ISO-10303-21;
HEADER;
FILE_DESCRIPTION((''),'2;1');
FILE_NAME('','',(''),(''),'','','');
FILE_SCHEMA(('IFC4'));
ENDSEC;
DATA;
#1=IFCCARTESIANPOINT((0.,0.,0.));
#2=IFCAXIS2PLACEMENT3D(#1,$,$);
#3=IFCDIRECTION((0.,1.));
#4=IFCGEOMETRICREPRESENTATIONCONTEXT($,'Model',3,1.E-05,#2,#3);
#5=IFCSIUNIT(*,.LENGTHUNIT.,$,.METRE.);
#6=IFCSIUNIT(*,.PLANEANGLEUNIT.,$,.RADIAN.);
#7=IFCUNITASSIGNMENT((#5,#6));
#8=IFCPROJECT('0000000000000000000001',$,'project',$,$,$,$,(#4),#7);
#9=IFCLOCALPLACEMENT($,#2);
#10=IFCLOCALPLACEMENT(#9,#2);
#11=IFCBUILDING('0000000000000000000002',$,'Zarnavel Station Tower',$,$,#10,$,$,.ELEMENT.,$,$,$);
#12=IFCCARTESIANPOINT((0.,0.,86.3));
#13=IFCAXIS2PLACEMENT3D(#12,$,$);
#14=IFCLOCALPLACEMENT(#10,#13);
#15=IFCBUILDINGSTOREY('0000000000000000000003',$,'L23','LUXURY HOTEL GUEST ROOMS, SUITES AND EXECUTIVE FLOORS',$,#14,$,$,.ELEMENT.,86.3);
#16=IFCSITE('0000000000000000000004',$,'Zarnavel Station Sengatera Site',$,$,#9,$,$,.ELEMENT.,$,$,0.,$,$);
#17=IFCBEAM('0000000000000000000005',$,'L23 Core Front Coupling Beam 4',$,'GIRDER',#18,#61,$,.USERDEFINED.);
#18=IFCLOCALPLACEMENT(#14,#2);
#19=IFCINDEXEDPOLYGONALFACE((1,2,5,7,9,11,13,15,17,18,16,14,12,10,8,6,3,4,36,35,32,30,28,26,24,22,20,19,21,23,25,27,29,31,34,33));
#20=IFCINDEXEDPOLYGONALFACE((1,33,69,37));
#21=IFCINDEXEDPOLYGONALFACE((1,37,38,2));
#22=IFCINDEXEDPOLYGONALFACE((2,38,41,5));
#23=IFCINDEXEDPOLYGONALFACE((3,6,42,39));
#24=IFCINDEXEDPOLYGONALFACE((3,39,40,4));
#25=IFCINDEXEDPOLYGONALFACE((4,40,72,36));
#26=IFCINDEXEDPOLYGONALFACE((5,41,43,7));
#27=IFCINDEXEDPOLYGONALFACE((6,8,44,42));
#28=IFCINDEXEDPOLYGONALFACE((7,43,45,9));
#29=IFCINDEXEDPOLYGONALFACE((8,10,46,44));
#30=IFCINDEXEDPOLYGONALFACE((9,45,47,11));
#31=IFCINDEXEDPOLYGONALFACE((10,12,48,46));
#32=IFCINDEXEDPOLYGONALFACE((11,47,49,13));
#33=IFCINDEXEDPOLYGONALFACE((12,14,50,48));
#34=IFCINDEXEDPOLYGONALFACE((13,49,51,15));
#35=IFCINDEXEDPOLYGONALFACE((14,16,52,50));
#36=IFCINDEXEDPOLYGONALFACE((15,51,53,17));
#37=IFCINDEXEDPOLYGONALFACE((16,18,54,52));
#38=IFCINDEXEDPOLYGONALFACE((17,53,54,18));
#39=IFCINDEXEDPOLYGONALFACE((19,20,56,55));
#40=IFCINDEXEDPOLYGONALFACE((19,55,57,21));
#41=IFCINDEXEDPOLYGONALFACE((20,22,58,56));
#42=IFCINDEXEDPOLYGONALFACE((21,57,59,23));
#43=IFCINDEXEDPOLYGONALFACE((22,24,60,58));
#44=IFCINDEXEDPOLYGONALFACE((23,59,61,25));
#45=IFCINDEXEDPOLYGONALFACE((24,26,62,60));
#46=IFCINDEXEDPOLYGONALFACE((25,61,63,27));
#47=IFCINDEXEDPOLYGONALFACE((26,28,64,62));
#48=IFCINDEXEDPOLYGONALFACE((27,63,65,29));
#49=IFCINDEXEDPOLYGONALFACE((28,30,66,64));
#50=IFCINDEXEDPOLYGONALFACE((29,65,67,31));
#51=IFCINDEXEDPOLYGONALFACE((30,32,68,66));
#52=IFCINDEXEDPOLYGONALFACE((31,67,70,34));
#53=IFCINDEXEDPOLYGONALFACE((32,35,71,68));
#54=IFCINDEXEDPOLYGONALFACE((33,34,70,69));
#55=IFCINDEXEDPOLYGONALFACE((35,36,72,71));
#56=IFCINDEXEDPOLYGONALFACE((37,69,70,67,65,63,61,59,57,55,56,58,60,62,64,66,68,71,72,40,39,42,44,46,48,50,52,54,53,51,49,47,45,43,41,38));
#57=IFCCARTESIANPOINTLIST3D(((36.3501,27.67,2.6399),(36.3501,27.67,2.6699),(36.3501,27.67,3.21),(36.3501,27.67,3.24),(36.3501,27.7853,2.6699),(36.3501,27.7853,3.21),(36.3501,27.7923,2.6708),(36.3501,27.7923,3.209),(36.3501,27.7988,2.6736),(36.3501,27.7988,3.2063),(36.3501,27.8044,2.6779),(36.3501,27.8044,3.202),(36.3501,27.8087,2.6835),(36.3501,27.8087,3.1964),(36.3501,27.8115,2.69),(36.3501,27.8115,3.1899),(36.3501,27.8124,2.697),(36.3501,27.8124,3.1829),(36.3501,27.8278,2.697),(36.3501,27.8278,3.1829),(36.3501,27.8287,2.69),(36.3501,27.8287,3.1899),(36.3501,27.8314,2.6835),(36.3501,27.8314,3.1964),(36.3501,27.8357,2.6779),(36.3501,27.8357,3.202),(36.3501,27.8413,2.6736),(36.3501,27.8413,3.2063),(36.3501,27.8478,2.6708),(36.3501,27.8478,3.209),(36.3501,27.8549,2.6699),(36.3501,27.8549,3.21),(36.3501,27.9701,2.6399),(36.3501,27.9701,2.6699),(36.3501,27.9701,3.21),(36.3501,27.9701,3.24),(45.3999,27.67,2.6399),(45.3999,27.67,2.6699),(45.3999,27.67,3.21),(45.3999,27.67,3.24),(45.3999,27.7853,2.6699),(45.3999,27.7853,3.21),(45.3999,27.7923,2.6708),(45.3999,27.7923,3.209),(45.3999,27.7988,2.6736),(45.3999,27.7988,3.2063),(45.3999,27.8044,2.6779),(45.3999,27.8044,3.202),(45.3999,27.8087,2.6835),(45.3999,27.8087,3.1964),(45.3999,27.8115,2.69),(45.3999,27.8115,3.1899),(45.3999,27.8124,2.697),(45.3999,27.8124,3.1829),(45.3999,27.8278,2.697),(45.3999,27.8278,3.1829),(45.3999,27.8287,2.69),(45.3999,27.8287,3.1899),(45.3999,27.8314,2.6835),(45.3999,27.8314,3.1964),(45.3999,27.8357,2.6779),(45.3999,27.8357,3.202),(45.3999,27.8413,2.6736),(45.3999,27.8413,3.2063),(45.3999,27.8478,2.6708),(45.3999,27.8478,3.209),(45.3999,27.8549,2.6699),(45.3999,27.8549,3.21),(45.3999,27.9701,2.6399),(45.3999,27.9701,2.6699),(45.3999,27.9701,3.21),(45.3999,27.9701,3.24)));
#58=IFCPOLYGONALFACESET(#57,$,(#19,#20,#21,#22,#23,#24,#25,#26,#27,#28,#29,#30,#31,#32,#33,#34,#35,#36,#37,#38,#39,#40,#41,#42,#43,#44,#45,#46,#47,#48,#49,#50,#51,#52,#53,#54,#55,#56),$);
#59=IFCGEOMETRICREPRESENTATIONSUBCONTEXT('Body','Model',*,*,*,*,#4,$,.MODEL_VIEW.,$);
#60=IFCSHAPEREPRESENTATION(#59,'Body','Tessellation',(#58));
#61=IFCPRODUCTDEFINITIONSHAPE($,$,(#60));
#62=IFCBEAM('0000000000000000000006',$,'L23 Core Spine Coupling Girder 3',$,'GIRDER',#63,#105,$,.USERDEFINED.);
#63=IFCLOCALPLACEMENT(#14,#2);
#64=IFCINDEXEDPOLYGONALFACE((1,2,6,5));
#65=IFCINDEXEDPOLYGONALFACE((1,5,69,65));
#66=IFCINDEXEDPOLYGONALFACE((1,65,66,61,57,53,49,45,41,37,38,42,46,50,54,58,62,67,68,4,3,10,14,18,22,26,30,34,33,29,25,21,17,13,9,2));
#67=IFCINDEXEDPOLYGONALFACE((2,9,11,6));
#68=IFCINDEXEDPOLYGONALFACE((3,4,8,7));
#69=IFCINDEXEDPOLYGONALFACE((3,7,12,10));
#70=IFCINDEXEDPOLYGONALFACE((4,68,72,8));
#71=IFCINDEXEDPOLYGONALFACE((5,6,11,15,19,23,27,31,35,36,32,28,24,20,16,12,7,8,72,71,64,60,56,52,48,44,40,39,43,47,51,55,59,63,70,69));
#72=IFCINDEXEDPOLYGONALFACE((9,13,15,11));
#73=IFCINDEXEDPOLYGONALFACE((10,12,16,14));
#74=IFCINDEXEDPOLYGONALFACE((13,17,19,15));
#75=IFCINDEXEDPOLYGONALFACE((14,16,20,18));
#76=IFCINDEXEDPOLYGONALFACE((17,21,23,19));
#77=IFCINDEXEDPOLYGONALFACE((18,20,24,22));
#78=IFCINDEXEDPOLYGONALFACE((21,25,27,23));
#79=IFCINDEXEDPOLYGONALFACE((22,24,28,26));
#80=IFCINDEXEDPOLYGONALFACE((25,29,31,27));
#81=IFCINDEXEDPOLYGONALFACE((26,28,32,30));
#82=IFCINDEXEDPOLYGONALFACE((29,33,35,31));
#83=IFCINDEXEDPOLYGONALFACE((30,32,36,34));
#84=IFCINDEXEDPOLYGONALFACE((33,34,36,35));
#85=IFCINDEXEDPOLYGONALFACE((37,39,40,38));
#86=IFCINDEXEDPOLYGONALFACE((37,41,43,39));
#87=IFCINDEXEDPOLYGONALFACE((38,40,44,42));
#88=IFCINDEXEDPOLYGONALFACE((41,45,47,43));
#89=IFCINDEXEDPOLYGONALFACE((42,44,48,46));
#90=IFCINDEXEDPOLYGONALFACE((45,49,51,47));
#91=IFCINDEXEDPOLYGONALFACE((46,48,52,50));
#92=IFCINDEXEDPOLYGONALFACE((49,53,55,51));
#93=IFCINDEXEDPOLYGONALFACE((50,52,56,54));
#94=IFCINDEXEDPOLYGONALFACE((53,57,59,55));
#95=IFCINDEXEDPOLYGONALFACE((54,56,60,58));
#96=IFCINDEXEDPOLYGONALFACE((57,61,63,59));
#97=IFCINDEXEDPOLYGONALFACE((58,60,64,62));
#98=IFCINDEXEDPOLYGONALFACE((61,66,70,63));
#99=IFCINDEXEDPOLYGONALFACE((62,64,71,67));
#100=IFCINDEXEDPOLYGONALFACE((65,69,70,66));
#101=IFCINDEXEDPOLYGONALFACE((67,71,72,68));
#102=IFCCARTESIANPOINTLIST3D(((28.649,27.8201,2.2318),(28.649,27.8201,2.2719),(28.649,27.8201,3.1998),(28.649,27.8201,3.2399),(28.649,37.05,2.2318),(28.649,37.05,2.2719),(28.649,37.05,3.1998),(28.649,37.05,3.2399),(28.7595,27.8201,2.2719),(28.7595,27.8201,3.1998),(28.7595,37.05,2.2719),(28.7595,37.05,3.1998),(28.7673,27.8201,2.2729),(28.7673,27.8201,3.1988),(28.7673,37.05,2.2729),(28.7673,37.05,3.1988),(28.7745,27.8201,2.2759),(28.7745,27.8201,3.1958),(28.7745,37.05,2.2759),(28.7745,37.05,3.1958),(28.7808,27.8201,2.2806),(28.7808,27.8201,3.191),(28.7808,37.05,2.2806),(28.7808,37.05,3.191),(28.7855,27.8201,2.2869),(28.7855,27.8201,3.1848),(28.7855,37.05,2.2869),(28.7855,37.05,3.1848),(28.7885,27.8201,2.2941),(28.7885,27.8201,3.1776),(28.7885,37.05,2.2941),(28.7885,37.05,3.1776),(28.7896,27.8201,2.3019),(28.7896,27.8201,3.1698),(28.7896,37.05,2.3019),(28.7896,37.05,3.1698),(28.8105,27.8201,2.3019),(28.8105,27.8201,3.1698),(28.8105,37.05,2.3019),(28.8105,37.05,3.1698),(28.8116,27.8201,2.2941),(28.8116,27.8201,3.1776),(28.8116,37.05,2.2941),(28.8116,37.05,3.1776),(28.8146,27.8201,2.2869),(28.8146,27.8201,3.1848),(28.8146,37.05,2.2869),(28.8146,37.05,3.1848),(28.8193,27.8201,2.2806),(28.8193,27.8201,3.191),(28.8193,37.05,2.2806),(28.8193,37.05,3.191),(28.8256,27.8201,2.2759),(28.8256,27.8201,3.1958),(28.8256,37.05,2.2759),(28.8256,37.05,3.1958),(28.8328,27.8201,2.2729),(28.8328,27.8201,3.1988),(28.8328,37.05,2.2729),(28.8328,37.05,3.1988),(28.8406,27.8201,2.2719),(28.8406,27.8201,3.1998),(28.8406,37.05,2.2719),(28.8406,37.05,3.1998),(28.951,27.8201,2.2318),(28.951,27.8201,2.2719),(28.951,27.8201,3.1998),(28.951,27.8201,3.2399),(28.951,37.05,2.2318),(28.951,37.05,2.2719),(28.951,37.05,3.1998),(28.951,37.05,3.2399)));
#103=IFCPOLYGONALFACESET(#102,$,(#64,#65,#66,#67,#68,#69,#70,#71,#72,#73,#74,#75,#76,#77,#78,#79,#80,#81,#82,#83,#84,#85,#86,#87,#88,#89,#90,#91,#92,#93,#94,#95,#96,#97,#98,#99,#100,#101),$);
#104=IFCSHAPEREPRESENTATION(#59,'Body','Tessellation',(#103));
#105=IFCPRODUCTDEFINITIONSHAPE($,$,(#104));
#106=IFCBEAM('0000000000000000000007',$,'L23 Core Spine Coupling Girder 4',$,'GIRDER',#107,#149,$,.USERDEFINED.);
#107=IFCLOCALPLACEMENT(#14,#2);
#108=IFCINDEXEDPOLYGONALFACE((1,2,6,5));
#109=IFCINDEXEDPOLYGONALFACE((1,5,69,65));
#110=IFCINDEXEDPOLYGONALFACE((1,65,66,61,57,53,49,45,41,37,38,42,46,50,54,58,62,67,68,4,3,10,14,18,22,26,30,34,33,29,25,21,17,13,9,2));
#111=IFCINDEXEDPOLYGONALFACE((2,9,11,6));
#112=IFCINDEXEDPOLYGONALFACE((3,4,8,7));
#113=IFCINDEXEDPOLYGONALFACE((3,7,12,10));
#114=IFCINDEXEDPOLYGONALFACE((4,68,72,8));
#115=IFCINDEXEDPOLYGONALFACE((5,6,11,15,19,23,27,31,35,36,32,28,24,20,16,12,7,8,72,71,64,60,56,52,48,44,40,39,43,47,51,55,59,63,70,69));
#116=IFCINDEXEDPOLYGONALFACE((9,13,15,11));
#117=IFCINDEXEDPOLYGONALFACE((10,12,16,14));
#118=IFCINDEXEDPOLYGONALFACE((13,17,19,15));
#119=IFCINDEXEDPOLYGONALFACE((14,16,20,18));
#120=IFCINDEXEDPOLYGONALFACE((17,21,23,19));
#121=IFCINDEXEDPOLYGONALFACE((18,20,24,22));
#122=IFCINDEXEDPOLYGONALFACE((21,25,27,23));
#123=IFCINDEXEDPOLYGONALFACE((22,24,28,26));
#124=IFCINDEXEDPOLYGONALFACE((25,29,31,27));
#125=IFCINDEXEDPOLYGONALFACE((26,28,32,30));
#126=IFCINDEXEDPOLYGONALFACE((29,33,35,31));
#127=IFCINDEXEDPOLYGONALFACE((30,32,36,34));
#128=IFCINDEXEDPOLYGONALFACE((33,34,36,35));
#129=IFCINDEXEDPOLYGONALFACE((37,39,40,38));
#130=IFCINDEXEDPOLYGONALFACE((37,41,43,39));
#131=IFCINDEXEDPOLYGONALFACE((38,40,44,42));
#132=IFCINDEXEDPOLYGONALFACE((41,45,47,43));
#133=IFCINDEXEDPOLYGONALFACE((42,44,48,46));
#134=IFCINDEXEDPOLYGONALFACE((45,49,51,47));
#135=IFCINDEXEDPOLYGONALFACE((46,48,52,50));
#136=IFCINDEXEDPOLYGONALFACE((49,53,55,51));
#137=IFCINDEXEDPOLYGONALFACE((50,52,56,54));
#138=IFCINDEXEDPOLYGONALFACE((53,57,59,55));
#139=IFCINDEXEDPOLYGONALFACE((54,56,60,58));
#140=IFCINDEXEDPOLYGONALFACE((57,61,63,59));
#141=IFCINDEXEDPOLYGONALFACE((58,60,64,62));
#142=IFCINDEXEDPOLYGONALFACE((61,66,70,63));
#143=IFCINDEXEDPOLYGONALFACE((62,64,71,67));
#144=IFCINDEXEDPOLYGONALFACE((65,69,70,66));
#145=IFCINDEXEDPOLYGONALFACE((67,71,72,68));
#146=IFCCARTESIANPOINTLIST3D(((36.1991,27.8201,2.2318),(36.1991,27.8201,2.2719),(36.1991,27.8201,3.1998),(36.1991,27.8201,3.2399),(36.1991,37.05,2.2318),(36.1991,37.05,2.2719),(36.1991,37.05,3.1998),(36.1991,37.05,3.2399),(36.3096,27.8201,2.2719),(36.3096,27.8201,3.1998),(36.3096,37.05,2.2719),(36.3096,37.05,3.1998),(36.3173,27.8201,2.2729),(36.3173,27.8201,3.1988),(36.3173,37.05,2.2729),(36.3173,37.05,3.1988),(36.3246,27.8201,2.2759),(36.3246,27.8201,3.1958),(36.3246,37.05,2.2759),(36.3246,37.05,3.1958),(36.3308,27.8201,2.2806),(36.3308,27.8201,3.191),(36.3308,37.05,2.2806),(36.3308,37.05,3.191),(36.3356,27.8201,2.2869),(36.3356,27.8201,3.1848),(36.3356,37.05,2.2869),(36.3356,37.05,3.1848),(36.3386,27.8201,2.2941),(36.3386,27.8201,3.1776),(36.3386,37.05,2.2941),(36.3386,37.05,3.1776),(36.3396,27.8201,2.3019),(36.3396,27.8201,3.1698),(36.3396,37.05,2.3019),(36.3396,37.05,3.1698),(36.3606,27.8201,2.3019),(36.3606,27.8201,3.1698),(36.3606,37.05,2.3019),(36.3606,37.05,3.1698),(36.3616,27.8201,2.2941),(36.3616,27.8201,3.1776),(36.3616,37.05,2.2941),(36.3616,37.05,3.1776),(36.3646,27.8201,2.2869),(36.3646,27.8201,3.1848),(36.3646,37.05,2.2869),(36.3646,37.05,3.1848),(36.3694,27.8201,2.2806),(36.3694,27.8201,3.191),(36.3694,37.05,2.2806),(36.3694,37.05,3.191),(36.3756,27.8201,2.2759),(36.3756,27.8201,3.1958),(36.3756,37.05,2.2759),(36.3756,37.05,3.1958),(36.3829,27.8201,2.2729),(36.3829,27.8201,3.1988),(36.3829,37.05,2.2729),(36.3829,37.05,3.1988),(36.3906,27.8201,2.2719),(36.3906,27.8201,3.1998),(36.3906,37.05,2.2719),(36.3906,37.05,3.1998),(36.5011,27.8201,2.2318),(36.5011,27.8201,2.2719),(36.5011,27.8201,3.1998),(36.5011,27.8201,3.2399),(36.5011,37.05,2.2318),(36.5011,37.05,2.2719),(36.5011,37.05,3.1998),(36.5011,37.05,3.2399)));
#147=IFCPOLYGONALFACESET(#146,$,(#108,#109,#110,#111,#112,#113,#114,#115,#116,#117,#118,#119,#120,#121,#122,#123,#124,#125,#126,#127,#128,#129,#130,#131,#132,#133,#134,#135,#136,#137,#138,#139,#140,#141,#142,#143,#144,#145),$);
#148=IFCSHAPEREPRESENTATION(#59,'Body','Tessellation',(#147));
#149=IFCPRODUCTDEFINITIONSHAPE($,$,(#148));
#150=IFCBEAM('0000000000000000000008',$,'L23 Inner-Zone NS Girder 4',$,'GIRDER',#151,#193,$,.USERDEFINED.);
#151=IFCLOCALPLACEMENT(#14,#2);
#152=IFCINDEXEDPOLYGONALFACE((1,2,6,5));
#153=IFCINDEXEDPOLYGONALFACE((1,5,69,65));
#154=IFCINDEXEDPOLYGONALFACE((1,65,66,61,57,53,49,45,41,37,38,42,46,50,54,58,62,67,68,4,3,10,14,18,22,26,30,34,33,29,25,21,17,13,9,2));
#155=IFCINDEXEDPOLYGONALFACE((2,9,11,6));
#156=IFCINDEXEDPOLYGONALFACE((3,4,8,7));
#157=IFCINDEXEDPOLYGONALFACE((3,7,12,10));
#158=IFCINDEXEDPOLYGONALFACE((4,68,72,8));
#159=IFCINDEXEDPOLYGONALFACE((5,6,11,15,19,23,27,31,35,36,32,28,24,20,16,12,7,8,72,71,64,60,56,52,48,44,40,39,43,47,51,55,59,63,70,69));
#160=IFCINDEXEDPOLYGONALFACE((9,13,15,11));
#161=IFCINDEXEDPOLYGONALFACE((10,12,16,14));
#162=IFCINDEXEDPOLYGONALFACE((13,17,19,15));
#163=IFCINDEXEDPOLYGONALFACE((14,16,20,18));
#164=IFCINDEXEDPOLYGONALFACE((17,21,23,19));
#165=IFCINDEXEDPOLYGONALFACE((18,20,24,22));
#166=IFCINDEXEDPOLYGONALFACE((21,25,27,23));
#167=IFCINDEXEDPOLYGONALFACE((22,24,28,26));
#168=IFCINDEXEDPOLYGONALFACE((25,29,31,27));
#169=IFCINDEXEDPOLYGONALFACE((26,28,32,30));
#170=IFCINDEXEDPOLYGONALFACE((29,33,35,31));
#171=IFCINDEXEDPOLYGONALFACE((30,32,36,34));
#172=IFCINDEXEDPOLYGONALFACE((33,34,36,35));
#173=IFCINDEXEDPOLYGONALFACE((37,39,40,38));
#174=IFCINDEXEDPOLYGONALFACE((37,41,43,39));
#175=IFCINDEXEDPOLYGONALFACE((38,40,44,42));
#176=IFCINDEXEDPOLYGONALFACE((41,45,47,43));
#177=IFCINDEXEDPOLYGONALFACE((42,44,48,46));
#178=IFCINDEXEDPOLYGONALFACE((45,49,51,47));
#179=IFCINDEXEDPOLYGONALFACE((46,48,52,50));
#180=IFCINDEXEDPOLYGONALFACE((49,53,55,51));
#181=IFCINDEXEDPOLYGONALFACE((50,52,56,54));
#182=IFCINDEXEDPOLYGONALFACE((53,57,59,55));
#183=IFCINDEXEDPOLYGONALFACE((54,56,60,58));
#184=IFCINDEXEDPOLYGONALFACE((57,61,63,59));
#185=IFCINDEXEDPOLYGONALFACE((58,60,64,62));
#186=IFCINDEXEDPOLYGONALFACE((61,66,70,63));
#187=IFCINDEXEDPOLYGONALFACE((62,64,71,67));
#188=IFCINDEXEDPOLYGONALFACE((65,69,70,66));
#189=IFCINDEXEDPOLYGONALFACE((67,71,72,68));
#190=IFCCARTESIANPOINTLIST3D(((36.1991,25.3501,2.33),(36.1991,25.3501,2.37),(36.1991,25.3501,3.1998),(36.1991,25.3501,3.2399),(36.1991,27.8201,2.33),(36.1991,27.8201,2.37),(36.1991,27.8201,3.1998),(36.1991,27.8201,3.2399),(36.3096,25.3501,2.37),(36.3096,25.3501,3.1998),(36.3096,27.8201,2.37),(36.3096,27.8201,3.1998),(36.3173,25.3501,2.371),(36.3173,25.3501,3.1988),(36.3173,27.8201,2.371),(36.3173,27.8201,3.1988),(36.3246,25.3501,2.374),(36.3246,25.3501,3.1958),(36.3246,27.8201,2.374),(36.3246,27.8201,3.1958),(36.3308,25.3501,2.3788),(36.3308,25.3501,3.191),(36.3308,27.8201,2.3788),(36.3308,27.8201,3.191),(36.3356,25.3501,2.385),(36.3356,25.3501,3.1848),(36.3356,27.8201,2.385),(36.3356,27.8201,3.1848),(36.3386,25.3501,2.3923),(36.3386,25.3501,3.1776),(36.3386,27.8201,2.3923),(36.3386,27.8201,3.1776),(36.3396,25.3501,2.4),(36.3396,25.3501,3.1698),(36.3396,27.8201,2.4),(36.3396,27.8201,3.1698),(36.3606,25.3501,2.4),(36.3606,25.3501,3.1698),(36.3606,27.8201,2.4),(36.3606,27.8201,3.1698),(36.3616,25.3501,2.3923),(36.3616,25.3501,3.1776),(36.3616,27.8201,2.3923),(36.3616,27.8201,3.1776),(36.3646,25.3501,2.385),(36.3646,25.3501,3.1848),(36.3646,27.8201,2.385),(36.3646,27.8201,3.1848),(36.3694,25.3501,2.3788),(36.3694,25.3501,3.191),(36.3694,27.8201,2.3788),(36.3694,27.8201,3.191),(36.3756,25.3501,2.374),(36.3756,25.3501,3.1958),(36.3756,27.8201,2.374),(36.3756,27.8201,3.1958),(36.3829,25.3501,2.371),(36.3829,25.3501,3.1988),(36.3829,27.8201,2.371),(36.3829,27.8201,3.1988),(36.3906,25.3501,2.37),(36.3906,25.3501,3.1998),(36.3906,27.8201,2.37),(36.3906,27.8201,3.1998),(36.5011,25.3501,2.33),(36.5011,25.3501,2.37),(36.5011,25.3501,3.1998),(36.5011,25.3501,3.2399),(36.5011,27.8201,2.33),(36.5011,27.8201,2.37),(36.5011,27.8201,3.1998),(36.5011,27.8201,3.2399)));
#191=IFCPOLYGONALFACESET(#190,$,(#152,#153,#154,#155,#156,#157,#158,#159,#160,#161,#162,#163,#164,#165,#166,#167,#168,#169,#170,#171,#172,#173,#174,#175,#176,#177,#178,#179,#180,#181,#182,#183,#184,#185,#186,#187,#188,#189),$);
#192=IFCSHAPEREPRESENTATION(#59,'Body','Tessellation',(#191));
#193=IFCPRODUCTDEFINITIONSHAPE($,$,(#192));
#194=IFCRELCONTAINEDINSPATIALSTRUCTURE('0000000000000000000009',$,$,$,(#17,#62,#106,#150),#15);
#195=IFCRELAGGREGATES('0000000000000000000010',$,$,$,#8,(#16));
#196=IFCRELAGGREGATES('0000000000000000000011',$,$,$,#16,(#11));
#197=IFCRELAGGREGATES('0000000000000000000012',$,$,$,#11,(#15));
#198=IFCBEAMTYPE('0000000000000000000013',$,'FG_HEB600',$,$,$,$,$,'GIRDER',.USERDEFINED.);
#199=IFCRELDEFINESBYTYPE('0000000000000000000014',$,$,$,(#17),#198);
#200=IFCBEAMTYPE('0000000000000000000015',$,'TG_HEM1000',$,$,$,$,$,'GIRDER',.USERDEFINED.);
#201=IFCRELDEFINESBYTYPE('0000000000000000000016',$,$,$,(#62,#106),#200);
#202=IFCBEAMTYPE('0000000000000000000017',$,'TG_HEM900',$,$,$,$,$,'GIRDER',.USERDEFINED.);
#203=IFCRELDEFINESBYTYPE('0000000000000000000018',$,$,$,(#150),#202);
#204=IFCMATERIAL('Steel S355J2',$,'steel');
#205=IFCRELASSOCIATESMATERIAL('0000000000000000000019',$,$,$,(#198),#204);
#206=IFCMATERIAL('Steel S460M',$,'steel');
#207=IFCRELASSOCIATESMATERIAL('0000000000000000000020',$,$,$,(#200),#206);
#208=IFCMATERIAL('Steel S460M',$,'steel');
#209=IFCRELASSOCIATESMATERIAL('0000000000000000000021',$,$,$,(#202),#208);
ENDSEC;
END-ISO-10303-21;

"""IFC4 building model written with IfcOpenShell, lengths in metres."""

from ifc_helpers import new_model, si_unit, direction, frame, origin, origin_2d, place, context, subcontext, project, spatial, i_section, extrude, material, material_profile, profile_set, type_object, element, save


model = new_model("IFC4")

# Units and contexts
model_context = context("Model", 3, precision=1e-05, world=origin(), true_north=direction((0.0, 1.0)))
body_context = subcontext(model_context, "Body", "Model", "MODEL_VIEW")
ifc_project = project(units=[si_unit("LENGTHUNIT", "METRE"), si_unit("PLANEANGLEUNIT", "RADIAN")], contexts=[model_context])

# Site, building, storey
site_placement = place(None, origin())
site = spatial("IfcSite", under=ifc_project, at=site_placement, Name="Zarnavel Station Sengatera Site", CompositionType="ELEMENT", RefElevation=0.0)
building_placement = place(site_placement, origin())
building = spatial("IfcBuilding", under=site, at=building_placement, Name="Zarnavel Station Tower", CompositionType="ELEMENT")
storey_placement = place(building_placement, frame((0.0, 0.0, 86.3)))
storey = spatial("IfcBuildingStorey", under=building, at=storey_placement, Name="L23", Description="LUXURY HOTEL GUEST ROOMS, SUITES AND EXECUTIVE FLOORS", CompositionType="ELEMENT", Elevation=86.3)

# Beams
ifc_material_1 = material(Name="Steel S355J2", Category="steel")
ifc_material_profile_1 = material_profile(ifc_material_1, i_section(OverallWidth=0.3, OverallDepth=0.6001, WebThickness=0.0154, FlangeThickness=0.03, FilletRadius=0.0271, at=origin_2d()), Name="HEB600")
ifc_profile_set_1 = profile_set([ifc_material_profile_1], Name="Steel S355J2")
beam_type_1 = type_object("IfcBeamType", Name="FG_HEB600", ElementType="GIRDER", PredefinedType="USERDEFINED", material=ifc_profile_set_1)
beam_1_placement = place(storey_placement, frame((36.3501, 27.8201, 2.9399), z_axis=(1.0, 0.0, 0.0), x_axis=(0.0, 1.0, 0.0)))
element("IfcBeam", 1, at=beam_1_placement, inside=storey, type_object=beam_type_1, Name="L23 Core Front Coupling Beam 4", ObjectType="GIRDER", PredefinedType="USERDEFINED", context=body_context, shape_type="SweptSolid", body=[
    extrude(i_section(OverallWidth=0.3, OverallDepth=0.6001, WebThickness=0.0154, FlangeThickness=0.03, FilletRadius=0.0271, at=origin_2d()), origin(), (0.0, 0.0, 1.0), 9.0498),
])
ifc_material_2 = material(Name="Steel S460M", Category="steel")
ifc_material_profile_2 = material_profile(ifc_material_2, i_section(OverallWidth=0.302, OverallDepth=1.0081, WebThickness=0.021, FlangeThickness=0.04, FilletRadius=0.03, at=origin_2d()), Name="HEM1000")
ifc_profile_set_2 = profile_set([ifc_material_profile_2], Name="Steel S460M")
beam_type_2 = type_object("IfcBeamType", Name="TG_HEM1000", ElementType="GIRDER", PredefinedType="USERDEFINED", material=ifc_profile_set_2)
for number, where, z_axis, x_axis, name in (
    (2, (28.8, 27.8201, 2.7358), (0.0, 1.0, 0.0), (-1.0, 0.0, 0.0), "L23 Core Spine Coupling Girder 3"),
    (3, (36.3501, 27.8201, 2.7358), (0.0, 1.0, 0.0), (-1.0, 0.0, 0.0), "L23 Core Spine Coupling Girder 4"),
):
    element("IfcBeam", number, at=place(storey_placement, frame(where, z_axis=z_axis, x_axis=x_axis)), inside=storey, type_object=beam_type_2, Name=name, ObjectType="GIRDER", PredefinedType="USERDEFINED", context=body_context, shape_type="SweptSolid", body=[
        extrude(i_section(OverallWidth=0.302, OverallDepth=1.0081, WebThickness=0.021, FlangeThickness=0.04, FilletRadius=0.03, at=origin_2d()), origin(), (0.0, 0.0, 1.0), 9.23),
    ])
ifc_material_3 = material(Name="Steel S460M", Category="steel")
ifc_material_profile_3 = material_profile(ifc_material_3, i_section(OverallWidth=0.302, OverallDepth=0.9099, WebThickness=0.021, FlangeThickness=0.04, FilletRadius=0.03, at=origin_2d()), Name="HEM900")
ifc_profile_set_3 = profile_set([ifc_material_profile_3], Name="Steel S460M")
beam_type_3 = type_object("IfcBeamType", Name="TG_HEM900", ElementType="GIRDER", PredefinedType="USERDEFINED", material=ifc_profile_set_3)
beam_2_placement = place(storey_placement, frame((36.3501, 25.3501, 2.7849), z_axis=(0.0, 1.0, 0.0), x_axis=(-1.0, 0.0, 0.0)))
element("IfcBeam", 4, at=beam_2_placement, inside=storey, type_object=beam_type_3, Name="L23 Inner-Zone NS Girder 4", ObjectType="GIRDER", PredefinedType="USERDEFINED", context=body_context, shape_type="SweptSolid", body=[
    extrude(i_section(OverallWidth=0.302, OverallDepth=0.9099, WebThickness=0.021, FlangeThickness=0.04, FilletRadius=0.03, at=origin_2d()), origin(), (0.0, 0.0, 1.0), 2.47),
])

save(model, "model.ifc")
